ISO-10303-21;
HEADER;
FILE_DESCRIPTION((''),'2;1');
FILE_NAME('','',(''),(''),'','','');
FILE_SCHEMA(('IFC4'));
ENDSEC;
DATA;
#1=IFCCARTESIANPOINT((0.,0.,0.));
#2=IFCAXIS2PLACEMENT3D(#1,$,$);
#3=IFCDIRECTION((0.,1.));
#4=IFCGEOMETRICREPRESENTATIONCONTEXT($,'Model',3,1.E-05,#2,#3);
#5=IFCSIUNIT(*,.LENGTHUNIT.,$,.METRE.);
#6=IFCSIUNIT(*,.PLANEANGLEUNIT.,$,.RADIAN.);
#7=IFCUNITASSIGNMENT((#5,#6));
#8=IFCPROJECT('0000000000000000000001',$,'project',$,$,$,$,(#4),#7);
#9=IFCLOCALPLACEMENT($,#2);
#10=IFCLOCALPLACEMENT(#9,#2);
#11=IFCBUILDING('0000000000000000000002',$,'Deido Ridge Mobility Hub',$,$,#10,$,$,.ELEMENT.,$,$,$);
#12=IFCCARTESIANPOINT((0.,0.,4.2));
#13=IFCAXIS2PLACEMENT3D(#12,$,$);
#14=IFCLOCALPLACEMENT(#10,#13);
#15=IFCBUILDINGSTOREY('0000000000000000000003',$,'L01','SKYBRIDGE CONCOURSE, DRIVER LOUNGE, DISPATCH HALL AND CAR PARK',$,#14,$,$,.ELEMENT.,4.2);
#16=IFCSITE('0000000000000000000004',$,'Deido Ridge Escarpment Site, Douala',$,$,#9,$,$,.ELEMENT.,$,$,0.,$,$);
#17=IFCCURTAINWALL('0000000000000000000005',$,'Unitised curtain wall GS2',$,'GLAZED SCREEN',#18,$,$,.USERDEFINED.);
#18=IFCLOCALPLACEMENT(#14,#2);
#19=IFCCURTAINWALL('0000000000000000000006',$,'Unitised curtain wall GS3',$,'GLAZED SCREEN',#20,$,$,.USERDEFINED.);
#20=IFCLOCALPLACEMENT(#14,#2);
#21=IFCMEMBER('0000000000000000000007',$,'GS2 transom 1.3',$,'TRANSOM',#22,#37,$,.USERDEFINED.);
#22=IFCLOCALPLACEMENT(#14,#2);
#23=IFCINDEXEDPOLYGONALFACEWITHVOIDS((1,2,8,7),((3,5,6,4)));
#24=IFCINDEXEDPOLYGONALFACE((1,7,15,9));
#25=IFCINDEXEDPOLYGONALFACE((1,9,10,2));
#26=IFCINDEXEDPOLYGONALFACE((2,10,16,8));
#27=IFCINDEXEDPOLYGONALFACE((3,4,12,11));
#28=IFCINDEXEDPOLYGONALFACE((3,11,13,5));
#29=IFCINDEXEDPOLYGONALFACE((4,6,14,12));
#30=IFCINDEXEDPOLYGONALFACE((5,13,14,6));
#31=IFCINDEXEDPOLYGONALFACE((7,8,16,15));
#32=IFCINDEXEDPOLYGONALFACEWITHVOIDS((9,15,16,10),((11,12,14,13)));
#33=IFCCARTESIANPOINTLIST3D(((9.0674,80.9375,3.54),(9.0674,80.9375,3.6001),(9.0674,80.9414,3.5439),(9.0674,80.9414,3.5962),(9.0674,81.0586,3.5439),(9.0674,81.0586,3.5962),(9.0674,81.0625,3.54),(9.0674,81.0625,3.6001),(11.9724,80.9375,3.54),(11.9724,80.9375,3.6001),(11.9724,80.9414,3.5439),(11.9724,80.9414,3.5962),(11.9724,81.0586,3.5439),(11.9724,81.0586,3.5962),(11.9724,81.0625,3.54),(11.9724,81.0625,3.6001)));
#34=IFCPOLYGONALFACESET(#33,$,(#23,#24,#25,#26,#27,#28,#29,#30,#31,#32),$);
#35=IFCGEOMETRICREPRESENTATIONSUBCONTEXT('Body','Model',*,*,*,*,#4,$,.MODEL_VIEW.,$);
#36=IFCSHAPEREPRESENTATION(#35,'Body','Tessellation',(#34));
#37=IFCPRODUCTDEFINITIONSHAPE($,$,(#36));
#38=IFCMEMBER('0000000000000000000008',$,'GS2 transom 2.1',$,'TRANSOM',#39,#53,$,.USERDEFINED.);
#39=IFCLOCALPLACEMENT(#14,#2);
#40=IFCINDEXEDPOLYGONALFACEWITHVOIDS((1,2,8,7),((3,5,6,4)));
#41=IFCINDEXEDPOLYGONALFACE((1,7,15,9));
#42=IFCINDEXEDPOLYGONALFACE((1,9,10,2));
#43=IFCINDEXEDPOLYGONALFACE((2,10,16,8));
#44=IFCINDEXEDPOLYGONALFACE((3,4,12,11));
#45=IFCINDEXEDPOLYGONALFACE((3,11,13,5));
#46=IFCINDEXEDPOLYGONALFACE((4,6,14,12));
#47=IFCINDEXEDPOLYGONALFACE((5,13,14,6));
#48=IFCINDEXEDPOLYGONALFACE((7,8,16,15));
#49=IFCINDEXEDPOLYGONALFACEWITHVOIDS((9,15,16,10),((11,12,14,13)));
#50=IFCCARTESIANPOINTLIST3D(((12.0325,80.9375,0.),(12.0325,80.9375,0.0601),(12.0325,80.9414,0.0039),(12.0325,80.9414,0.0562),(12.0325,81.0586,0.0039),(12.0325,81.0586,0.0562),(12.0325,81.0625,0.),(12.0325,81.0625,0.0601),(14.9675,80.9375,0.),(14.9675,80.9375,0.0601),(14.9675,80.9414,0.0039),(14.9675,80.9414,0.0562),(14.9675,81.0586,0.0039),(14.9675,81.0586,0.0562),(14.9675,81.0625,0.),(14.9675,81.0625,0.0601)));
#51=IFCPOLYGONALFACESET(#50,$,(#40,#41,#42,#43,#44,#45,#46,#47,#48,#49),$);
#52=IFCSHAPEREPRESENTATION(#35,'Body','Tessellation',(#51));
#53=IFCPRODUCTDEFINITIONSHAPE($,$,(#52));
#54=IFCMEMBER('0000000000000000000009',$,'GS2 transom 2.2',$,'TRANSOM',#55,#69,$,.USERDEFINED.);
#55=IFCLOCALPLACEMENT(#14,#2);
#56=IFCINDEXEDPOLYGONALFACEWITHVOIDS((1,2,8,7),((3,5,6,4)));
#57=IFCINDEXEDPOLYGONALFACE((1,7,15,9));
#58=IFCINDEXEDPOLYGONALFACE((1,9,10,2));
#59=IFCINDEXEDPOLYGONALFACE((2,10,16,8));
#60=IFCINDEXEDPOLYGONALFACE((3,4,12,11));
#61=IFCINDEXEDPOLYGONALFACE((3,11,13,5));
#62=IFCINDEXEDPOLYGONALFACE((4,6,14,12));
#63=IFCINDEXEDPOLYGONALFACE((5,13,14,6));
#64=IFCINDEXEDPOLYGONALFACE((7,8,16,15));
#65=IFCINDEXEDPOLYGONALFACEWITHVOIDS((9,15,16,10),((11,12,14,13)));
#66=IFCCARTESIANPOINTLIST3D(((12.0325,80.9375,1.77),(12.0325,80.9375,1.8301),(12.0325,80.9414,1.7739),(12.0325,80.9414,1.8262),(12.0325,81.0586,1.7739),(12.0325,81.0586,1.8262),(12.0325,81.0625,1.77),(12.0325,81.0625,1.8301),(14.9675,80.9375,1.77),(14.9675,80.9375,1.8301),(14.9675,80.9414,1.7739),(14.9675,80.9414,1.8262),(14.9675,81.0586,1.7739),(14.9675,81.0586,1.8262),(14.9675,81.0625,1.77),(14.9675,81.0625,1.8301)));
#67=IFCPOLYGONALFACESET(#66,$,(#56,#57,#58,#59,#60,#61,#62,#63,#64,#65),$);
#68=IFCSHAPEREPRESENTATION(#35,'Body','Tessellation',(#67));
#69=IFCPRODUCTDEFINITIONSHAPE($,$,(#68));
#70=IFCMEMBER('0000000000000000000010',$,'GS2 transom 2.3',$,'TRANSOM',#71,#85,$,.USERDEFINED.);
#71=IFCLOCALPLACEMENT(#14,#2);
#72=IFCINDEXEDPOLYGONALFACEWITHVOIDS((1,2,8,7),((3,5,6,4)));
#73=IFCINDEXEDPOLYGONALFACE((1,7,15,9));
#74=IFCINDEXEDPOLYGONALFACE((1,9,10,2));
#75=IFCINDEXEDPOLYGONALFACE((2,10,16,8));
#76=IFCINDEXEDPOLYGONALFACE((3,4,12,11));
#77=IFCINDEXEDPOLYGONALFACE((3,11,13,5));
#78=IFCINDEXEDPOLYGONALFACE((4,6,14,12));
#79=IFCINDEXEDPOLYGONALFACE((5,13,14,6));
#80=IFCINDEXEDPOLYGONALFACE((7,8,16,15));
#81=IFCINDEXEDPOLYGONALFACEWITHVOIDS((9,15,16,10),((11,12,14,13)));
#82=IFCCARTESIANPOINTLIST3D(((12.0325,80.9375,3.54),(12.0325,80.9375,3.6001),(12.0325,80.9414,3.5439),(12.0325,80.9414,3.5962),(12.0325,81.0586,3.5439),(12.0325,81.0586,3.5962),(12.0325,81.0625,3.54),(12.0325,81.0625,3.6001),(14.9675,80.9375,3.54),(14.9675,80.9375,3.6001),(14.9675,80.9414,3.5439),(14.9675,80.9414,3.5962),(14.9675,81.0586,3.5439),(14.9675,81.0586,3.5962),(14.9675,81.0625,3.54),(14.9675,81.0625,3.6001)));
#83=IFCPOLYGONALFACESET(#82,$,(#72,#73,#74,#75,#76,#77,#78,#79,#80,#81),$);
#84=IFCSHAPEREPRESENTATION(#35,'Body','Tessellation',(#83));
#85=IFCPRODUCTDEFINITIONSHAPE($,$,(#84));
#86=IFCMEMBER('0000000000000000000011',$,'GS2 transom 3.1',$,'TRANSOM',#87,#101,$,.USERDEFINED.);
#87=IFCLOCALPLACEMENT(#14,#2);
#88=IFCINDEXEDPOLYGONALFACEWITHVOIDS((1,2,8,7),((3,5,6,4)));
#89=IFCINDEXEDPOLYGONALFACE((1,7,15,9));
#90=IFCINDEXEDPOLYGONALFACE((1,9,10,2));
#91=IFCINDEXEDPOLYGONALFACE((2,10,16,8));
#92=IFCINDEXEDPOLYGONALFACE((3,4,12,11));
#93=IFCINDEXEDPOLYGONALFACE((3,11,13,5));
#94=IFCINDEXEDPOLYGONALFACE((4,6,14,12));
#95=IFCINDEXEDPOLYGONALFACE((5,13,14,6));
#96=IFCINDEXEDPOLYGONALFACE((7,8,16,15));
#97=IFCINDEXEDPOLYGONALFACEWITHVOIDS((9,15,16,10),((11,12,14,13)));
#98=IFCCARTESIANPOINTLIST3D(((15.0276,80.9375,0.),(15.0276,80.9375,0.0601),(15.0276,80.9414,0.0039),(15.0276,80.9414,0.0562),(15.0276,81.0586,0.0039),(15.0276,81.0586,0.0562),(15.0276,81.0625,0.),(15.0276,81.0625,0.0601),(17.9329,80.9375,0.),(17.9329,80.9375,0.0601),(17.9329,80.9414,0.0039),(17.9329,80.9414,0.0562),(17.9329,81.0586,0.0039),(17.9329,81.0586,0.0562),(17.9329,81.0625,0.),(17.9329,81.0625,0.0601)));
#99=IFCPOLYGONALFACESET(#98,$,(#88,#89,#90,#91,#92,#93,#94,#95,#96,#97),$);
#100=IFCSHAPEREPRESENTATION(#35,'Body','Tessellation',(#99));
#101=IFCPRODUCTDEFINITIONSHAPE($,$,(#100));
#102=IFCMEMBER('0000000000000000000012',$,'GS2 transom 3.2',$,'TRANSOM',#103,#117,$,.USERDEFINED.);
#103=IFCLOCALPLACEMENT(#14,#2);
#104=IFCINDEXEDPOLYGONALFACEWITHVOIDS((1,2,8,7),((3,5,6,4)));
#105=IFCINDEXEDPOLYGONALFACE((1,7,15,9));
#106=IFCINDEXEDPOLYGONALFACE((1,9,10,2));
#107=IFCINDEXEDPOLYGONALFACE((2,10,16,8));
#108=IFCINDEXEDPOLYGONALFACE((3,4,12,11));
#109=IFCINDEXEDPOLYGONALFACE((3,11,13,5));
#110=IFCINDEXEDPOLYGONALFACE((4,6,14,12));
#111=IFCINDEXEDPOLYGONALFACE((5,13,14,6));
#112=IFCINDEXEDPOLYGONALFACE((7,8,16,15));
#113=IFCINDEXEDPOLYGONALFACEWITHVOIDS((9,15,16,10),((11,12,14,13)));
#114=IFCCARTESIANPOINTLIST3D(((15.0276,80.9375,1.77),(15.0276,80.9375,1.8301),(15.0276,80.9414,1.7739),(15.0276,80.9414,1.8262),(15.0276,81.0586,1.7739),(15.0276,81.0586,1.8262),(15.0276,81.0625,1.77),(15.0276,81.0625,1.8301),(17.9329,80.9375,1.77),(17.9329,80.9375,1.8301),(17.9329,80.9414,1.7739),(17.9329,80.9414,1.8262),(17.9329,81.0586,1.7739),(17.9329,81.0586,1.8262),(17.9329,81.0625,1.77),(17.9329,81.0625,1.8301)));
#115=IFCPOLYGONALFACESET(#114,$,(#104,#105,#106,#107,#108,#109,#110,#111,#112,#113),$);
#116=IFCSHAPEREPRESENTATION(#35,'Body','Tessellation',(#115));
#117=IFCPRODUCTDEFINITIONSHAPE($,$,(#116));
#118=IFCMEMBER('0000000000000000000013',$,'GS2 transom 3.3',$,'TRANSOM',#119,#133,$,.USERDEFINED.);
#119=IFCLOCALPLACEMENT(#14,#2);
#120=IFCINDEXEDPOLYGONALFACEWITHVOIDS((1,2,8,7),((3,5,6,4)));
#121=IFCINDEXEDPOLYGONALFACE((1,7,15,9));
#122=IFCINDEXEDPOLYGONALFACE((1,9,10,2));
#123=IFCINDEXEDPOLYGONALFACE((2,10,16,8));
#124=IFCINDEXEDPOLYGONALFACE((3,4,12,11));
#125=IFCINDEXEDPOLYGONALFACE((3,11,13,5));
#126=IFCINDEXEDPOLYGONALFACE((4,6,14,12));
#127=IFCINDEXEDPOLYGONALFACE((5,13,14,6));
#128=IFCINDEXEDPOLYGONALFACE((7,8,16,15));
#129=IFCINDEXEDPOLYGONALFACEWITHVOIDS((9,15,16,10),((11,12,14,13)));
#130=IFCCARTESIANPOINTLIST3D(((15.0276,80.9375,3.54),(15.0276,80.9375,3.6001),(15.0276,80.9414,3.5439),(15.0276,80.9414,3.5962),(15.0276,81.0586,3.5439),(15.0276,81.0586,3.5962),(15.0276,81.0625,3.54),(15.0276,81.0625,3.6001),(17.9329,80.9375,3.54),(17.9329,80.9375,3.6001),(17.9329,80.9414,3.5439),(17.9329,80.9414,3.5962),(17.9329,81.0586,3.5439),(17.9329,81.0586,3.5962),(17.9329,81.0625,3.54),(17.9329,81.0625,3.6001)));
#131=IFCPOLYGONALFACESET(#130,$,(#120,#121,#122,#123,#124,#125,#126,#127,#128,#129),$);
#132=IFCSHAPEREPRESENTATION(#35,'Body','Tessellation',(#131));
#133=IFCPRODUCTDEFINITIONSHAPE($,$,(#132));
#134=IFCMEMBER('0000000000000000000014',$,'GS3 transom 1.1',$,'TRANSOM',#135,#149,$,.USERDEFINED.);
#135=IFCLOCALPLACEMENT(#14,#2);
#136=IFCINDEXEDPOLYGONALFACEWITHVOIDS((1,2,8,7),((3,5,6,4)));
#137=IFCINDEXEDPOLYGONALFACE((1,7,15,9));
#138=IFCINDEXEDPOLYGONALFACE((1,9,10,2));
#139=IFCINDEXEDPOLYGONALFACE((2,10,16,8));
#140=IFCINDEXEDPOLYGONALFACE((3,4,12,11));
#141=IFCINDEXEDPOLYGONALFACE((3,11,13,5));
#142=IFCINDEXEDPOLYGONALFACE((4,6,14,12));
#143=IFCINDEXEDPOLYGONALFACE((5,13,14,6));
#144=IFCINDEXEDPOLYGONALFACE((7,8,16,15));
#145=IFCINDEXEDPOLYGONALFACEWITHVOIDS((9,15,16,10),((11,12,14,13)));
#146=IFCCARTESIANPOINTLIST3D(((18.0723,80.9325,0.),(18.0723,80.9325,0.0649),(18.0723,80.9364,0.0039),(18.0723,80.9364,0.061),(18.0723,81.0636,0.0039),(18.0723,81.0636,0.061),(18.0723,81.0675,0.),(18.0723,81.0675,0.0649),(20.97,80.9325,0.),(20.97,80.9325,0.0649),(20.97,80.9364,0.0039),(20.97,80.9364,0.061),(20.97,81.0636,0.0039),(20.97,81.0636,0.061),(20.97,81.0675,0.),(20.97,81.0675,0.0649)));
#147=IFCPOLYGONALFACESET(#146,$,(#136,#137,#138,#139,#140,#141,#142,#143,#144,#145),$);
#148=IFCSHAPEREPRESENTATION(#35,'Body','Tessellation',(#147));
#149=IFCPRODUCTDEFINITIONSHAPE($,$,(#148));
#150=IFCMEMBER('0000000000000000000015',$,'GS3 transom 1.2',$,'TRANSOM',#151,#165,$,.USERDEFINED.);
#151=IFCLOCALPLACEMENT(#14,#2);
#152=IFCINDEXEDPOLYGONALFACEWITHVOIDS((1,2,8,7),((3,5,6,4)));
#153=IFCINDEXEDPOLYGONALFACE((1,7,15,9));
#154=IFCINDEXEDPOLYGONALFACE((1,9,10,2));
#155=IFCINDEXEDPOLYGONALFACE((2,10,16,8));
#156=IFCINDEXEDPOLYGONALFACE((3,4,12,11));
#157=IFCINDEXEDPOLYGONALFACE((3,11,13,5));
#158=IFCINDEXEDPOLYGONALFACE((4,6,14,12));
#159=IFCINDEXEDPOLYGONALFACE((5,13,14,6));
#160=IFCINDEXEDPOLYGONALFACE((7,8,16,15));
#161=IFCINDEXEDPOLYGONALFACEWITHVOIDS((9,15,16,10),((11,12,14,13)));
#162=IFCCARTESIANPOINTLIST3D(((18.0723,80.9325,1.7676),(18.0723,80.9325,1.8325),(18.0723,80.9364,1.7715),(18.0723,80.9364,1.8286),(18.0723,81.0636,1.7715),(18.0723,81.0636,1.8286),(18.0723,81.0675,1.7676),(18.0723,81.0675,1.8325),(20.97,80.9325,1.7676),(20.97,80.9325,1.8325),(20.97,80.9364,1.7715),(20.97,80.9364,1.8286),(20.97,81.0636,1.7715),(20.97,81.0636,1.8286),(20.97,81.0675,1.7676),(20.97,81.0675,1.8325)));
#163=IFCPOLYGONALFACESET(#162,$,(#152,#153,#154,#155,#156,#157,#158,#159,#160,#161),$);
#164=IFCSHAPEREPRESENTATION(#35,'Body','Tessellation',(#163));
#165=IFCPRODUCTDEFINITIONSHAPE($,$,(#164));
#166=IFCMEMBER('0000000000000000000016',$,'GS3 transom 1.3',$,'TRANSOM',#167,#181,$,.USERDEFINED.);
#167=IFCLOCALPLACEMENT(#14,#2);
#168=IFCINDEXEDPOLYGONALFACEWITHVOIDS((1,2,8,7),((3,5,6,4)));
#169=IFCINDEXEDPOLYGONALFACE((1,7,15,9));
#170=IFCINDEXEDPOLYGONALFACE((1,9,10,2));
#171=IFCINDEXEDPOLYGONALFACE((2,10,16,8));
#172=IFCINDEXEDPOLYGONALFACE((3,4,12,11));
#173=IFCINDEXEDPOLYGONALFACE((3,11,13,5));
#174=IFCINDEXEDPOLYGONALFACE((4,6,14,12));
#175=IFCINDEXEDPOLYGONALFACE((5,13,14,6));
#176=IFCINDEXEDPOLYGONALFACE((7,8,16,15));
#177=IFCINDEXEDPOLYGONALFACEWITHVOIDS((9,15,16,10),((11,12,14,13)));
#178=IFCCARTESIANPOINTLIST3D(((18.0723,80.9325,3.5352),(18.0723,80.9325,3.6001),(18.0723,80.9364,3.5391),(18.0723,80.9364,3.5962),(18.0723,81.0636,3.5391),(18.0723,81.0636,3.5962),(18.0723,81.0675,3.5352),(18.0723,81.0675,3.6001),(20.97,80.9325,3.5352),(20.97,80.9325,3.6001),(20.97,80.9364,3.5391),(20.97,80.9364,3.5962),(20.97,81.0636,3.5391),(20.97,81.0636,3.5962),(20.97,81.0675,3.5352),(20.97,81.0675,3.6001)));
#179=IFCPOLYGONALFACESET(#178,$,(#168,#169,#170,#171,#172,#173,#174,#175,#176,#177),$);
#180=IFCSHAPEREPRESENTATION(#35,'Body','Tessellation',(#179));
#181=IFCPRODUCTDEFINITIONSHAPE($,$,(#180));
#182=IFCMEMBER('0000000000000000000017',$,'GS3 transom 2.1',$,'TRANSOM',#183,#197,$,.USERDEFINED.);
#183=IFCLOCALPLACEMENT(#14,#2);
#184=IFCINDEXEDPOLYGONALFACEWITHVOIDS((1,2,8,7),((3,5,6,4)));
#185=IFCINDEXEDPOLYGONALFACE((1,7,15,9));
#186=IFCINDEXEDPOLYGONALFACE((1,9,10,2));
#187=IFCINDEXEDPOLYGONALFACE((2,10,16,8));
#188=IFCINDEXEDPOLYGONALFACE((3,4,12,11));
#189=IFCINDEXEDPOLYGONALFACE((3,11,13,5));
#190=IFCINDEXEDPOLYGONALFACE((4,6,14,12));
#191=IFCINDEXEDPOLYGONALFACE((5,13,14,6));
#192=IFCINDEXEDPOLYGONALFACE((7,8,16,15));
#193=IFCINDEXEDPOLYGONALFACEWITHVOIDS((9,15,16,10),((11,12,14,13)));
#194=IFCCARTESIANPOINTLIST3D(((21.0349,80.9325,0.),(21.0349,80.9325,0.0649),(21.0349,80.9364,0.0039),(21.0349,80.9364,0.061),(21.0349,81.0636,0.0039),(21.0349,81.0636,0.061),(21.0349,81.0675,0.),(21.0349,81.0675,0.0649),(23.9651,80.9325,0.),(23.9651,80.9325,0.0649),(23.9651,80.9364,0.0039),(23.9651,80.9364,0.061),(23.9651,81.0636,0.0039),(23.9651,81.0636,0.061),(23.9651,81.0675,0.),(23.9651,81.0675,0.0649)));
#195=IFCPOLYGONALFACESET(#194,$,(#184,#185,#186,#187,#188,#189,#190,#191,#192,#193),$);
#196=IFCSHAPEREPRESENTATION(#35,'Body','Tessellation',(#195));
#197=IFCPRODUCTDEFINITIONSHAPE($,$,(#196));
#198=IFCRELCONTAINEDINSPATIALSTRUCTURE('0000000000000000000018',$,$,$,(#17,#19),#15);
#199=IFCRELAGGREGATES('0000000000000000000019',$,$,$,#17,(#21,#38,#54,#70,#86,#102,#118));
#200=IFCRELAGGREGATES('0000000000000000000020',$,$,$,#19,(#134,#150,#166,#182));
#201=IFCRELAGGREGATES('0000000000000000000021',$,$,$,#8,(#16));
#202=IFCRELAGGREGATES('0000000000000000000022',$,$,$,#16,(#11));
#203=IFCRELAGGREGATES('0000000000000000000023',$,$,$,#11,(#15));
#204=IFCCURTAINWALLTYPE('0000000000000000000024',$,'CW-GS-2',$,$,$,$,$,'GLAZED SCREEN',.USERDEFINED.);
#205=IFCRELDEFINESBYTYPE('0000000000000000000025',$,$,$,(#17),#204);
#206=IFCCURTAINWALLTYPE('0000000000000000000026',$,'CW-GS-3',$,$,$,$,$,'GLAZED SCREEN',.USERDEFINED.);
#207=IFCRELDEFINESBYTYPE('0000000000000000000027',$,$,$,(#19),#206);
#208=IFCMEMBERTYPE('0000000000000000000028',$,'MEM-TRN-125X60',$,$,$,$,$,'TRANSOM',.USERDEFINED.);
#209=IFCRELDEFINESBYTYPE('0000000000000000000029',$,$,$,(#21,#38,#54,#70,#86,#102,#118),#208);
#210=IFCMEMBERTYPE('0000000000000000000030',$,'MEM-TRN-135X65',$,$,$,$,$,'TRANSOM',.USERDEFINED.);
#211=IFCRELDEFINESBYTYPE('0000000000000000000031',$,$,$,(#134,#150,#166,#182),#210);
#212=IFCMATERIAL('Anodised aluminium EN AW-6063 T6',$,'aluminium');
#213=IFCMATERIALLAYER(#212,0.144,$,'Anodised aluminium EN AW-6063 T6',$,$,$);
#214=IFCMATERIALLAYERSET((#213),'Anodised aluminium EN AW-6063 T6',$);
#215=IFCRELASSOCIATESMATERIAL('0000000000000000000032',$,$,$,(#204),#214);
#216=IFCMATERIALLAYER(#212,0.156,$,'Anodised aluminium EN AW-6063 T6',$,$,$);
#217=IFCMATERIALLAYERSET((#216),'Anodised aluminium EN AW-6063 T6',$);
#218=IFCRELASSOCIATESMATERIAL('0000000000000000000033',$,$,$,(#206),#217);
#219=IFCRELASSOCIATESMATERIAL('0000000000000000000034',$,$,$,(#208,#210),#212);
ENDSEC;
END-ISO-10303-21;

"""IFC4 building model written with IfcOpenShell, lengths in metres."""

from ifc_helpers import new_model, si_unit, direction, frame, origin, origin_2d, place, context, subcontext, project, spatial, hollow_rectangle, extrude, material, layer, layer_set, material_profile, profile_set, type_object, element, aggregate, save


model = new_model("IFC4")

# Units and contexts
model_context = context("Model", 3, precision=1e-05, world=origin(), true_north=direction((0.0, 1.0)))
body_context = subcontext(model_context, "Body", "Model", "MODEL_VIEW")
ifc_project = project(units=[si_unit("LENGTHUNIT", "METRE"), si_unit("PLANEANGLEUNIT", "RADIAN")], contexts=[model_context])

# Site, building, storey
site_placement = place(None, origin())
site = spatial("IfcSite", under=ifc_project, at=site_placement, Name="Deido Ridge Escarpment Site, Douala", CompositionType="ELEMENT", RefElevation=0.0)
building_placement = place(site_placement, origin())
building = spatial("IfcBuilding", under=site, at=building_placement, Name="Deido Ridge Mobility Hub", CompositionType="ELEMENT")
storey_placement = place(building_placement, frame((0.0, 0.0, 4.2)))
storey = spatial("IfcBuildingStorey", under=building, at=storey_placement, Name="L01", Description="SKYBRIDGE CONCOURSE, DRIVER LOUNGE, DISPATCH HALL AND CAR PARK", CompositionType="ELEMENT", Elevation=4.2)

# Curtain walls
ifc_material_1 = material(Name="Anodised aluminium EN AW-6063 T6", Category="aluminium")
ifc_layer_1 = layer(ifc_material_1, 0.144, Name="Anodised aluminium EN AW-6063 T6")
ifc_layer_set_1 = layer_set([ifc_layer_1], Name="Anodised aluminium EN AW-6063 T6")
curtain_wall_type_1 = type_object("IfcCurtainWallType", Name="CW-GS-2", ElementType="GLAZED SCREEN", PredefinedType="USERDEFINED", material=ifc_layer_set_1)
curtain_wall_1_placement = place(storey_placement, origin())
curtain_wall_1 = element("IfcCurtainWall", 1, at=curtain_wall_1_placement, inside=storey, type_object=curtain_wall_type_1, Name="Unitised curtain wall GS2", ObjectType="GLAZED SCREEN", PredefinedType="USERDEFINED")
ifc_layer_2 = layer(ifc_material_1, 0.156, Name="Anodised aluminium EN AW-6063 T6")
ifc_layer_set_2 = layer_set([ifc_layer_2], Name="Anodised aluminium EN AW-6063 T6")
curtain_wall_type_2 = type_object("IfcCurtainWallType", Name="CW-GS-3", ElementType="GLAZED SCREEN", PredefinedType="USERDEFINED", material=ifc_layer_set_2)
curtain_wall_2_placement = place(storey_placement, origin())
curtain_wall_2 = element("IfcCurtainWall", 2, at=curtain_wall_2_placement, inside=storey, type_object=curtain_wall_type_2, Name="Unitised curtain wall GS3", ObjectType="GLAZED SCREEN", PredefinedType="USERDEFINED")

# Members
ifc_material_profile_1 = material_profile(ifc_material_1, hollow_rectangle(XDim=0.125, YDim=0.0601, WallThickness=0.0039, at=origin_2d()), Name="RHS 125x60x4")
ifc_profile_set_1 = profile_set([ifc_material_profile_1], Name="Anodised aluminium EN AW-6063 T6")
member_type_1 = type_object("IfcMemberType", Name="MEM-TRN-125X60", ElementType="TRANSOM", PredefinedType="USERDEFINED", material=ifc_profile_set_1)
member_1_placement = place(storey_placement, frame((9.0674, 81.0, 3.5701), z_axis=(1.0, 0.0, 0.0), x_axis=(0.0, 1.0, 0.0)))
member_1 = element("IfcMember", 3, at=member_1_placement, type_object=member_type_1, Name="GS2 transom 1.3", ObjectType="TRANSOM", PredefinedType="USERDEFINED", context=body_context, shape_type="SweptSolid", body=[
    extrude(hollow_rectangle(XDim=0.125, YDim=0.0601, WallThickness=0.0039, at=origin_2d()), origin(), (0.0, 0.0, 1.0), 2.905),
])
member_2_placement = place(storey_placement, frame((12.0325, 81.0, 0.03), z_axis=(1.0, 0.0, 0.0), x_axis=(0.0, 1.0, 0.0)))
member_2 = element("IfcMember", 4, at=member_2_placement, type_object=member_type_1, Name="GS2 transom 2.1", ObjectType="TRANSOM", PredefinedType="USERDEFINED", context=body_context, shape_type="SweptSolid", body=[
    extrude(hollow_rectangle(XDim=0.125, YDim=0.0601, WallThickness=0.0039, at=origin_2d()), origin(), (0.0, 0.0, 1.0), 2.9351),
])
member_3_placement = place(storey_placement, frame((12.0325, 81.0, 1.8), z_axis=(1.0, 0.0, 0.0), x_axis=(0.0, 1.0, 0.0)))
member_3 = element("IfcMember", 5, at=member_3_placement, type_object=member_type_1, Name="GS2 transom 2.2", ObjectType="TRANSOM", PredefinedType="USERDEFINED", context=body_context, shape_type="SweptSolid", body=[
    extrude(hollow_rectangle(XDim=0.125, YDim=0.0601, WallThickness=0.0039, at=origin_2d()), origin(), (0.0, 0.0, 1.0), 2.9351),
])
member_4_placement = place(storey_placement, frame((12.0325, 81.0, 3.5701), z_axis=(1.0, 0.0, 0.0), x_axis=(0.0, 1.0, 0.0)))
member_4 = element("IfcMember", 6, at=member_4_placement, type_object=member_type_1, Name="GS2 transom 2.3", ObjectType="TRANSOM", PredefinedType="USERDEFINED", context=body_context, shape_type="SweptSolid", body=[
    extrude(hollow_rectangle(XDim=0.125, YDim=0.0601, WallThickness=0.0039, at=origin_2d()), origin(), (0.0, 0.0, 1.0), 2.9351),
])
member_5_placement = place(storey_placement, frame((15.0276, 81.0, 0.03), z_axis=(1.0, 0.0, 0.0), x_axis=(0.0, 1.0, 0.0)))
member_5 = element("IfcMember", 7, at=member_5_placement, type_object=member_type_1, Name="GS2 transom 3.1", ObjectType="TRANSOM", PredefinedType="USERDEFINED", context=body_context, shape_type="SweptSolid", body=[
    extrude(hollow_rectangle(XDim=0.125, YDim=0.0601, WallThickness=0.0039, at=origin_2d()), origin(), (0.0, 0.0, 1.0), 2.9053),
])
member_6_placement = place(storey_placement, frame((15.0276, 81.0, 1.8), z_axis=(1.0, 0.0, 0.0), x_axis=(0.0, 1.0, 0.0)))
member_6 = element("IfcMember", 8, at=member_6_placement, type_object=member_type_1, Name="GS2 transom 3.2", ObjectType="TRANSOM", PredefinedType="USERDEFINED", context=body_context, shape_type="SweptSolid", body=[
    extrude(hollow_rectangle(XDim=0.125, YDim=0.0601, WallThickness=0.0039, at=origin_2d()), origin(), (0.0, 0.0, 1.0), 2.9053),
])
member_7_placement = place(storey_placement, frame((15.0276, 81.0, 3.5701), z_axis=(1.0, 0.0, 0.0), x_axis=(0.0, 1.0, 0.0)))
member_7 = element("IfcMember", 9, at=member_7_placement, type_object=member_type_1, Name="GS2 transom 3.3", ObjectType="TRANSOM", PredefinedType="USERDEFINED", context=body_context, shape_type="SweptSolid", body=[
    extrude(hollow_rectangle(XDim=0.125, YDim=0.0601, WallThickness=0.0039, at=origin_2d()), origin(), (0.0, 0.0, 1.0), 2.9053),
])
ifc_material_profile_2 = material_profile(ifc_material_1, hollow_rectangle(XDim=0.135, YDim=0.0649, WallThickness=0.0039, at=origin_2d()), Name="RHS 135x65x4")
ifc_profile_set_2 = profile_set([ifc_material_profile_2], Name="Anodised aluminium EN AW-6063 T6")
member_type_2 = type_object("IfcMemberType", Name="MEM-TRN-135X65", ElementType="TRANSOM", PredefinedType="USERDEFINED", material=ifc_profile_set_2)
member_8_placement = place(storey_placement, frame((18.0723, 81.0, 0.0325), z_axis=(1.0, 0.0, 0.0), x_axis=(0.0, 1.0, 0.0)))
member_8 = element("IfcMember", 10, at=member_8_placement, type_object=member_type_2, Name="GS3 transom 1.1", ObjectType="TRANSOM", PredefinedType="USERDEFINED", context=body_context, shape_type="SweptSolid", body=[
    extrude(hollow_rectangle(XDim=0.135, YDim=0.0649, WallThickness=0.0039, at=origin_2d()), origin(), (0.0, 0.0, 1.0), 2.8977),
])
member_9_placement = place(storey_placement, frame((18.0723, 81.0, 1.8), z_axis=(1.0, 0.0, 0.0), x_axis=(0.0, 1.0, 0.0)))
member_9 = element("IfcMember", 11, at=member_9_placement, type_object=member_type_2, Name="GS3 transom 1.2", ObjectType="TRANSOM", PredefinedType="USERDEFINED", context=body_context, shape_type="SweptSolid", body=[
    extrude(hollow_rectangle(XDim=0.135, YDim=0.0649, WallThickness=0.0039, at=origin_2d()), origin(), (0.0, 0.0, 1.0), 2.8977),
])
member_10_placement = place(storey_placement, frame((18.0723, 81.0, 3.5676), z_axis=(1.0, 0.0, 0.0), x_axis=(0.0, 1.0, 0.0)))
member_10 = element("IfcMember", 12, at=member_10_placement, type_object=member_type_2, Name="GS3 transom 1.3", ObjectType="TRANSOM", PredefinedType="USERDEFINED", context=body_context, shape_type="SweptSolid", body=[
    extrude(hollow_rectangle(XDim=0.135, YDim=0.0649, WallThickness=0.0039, at=origin_2d()), origin(), (0.0, 0.0, 1.0), 2.8977),
])
member_11_placement = place(storey_placement, frame((21.0349, 81.0, 0.0325), z_axis=(1.0, 0.0, 0.0), x_axis=(0.0, 1.0, 0.0)))
member_11 = element("IfcMember", 13, at=member_11_placement, type_object=member_type_2, Name="GS3 transom 2.1", ObjectType="TRANSOM", PredefinedType="USERDEFINED", context=body_context, shape_type="SweptSolid", body=[
    extrude(hollow_rectangle(XDim=0.135, YDim=0.0649, WallThickness=0.0039, at=origin_2d()), origin(), (0.0, 0.0, 1.0), 2.9302),
])

aggregate(curtain_wall_1, [member_1, member_2, member_3, member_4, member_5, member_6, member_7])
aggregate(curtain_wall_2, [member_8, member_9, member_10, member_11])

save(model, "model.ifc")
